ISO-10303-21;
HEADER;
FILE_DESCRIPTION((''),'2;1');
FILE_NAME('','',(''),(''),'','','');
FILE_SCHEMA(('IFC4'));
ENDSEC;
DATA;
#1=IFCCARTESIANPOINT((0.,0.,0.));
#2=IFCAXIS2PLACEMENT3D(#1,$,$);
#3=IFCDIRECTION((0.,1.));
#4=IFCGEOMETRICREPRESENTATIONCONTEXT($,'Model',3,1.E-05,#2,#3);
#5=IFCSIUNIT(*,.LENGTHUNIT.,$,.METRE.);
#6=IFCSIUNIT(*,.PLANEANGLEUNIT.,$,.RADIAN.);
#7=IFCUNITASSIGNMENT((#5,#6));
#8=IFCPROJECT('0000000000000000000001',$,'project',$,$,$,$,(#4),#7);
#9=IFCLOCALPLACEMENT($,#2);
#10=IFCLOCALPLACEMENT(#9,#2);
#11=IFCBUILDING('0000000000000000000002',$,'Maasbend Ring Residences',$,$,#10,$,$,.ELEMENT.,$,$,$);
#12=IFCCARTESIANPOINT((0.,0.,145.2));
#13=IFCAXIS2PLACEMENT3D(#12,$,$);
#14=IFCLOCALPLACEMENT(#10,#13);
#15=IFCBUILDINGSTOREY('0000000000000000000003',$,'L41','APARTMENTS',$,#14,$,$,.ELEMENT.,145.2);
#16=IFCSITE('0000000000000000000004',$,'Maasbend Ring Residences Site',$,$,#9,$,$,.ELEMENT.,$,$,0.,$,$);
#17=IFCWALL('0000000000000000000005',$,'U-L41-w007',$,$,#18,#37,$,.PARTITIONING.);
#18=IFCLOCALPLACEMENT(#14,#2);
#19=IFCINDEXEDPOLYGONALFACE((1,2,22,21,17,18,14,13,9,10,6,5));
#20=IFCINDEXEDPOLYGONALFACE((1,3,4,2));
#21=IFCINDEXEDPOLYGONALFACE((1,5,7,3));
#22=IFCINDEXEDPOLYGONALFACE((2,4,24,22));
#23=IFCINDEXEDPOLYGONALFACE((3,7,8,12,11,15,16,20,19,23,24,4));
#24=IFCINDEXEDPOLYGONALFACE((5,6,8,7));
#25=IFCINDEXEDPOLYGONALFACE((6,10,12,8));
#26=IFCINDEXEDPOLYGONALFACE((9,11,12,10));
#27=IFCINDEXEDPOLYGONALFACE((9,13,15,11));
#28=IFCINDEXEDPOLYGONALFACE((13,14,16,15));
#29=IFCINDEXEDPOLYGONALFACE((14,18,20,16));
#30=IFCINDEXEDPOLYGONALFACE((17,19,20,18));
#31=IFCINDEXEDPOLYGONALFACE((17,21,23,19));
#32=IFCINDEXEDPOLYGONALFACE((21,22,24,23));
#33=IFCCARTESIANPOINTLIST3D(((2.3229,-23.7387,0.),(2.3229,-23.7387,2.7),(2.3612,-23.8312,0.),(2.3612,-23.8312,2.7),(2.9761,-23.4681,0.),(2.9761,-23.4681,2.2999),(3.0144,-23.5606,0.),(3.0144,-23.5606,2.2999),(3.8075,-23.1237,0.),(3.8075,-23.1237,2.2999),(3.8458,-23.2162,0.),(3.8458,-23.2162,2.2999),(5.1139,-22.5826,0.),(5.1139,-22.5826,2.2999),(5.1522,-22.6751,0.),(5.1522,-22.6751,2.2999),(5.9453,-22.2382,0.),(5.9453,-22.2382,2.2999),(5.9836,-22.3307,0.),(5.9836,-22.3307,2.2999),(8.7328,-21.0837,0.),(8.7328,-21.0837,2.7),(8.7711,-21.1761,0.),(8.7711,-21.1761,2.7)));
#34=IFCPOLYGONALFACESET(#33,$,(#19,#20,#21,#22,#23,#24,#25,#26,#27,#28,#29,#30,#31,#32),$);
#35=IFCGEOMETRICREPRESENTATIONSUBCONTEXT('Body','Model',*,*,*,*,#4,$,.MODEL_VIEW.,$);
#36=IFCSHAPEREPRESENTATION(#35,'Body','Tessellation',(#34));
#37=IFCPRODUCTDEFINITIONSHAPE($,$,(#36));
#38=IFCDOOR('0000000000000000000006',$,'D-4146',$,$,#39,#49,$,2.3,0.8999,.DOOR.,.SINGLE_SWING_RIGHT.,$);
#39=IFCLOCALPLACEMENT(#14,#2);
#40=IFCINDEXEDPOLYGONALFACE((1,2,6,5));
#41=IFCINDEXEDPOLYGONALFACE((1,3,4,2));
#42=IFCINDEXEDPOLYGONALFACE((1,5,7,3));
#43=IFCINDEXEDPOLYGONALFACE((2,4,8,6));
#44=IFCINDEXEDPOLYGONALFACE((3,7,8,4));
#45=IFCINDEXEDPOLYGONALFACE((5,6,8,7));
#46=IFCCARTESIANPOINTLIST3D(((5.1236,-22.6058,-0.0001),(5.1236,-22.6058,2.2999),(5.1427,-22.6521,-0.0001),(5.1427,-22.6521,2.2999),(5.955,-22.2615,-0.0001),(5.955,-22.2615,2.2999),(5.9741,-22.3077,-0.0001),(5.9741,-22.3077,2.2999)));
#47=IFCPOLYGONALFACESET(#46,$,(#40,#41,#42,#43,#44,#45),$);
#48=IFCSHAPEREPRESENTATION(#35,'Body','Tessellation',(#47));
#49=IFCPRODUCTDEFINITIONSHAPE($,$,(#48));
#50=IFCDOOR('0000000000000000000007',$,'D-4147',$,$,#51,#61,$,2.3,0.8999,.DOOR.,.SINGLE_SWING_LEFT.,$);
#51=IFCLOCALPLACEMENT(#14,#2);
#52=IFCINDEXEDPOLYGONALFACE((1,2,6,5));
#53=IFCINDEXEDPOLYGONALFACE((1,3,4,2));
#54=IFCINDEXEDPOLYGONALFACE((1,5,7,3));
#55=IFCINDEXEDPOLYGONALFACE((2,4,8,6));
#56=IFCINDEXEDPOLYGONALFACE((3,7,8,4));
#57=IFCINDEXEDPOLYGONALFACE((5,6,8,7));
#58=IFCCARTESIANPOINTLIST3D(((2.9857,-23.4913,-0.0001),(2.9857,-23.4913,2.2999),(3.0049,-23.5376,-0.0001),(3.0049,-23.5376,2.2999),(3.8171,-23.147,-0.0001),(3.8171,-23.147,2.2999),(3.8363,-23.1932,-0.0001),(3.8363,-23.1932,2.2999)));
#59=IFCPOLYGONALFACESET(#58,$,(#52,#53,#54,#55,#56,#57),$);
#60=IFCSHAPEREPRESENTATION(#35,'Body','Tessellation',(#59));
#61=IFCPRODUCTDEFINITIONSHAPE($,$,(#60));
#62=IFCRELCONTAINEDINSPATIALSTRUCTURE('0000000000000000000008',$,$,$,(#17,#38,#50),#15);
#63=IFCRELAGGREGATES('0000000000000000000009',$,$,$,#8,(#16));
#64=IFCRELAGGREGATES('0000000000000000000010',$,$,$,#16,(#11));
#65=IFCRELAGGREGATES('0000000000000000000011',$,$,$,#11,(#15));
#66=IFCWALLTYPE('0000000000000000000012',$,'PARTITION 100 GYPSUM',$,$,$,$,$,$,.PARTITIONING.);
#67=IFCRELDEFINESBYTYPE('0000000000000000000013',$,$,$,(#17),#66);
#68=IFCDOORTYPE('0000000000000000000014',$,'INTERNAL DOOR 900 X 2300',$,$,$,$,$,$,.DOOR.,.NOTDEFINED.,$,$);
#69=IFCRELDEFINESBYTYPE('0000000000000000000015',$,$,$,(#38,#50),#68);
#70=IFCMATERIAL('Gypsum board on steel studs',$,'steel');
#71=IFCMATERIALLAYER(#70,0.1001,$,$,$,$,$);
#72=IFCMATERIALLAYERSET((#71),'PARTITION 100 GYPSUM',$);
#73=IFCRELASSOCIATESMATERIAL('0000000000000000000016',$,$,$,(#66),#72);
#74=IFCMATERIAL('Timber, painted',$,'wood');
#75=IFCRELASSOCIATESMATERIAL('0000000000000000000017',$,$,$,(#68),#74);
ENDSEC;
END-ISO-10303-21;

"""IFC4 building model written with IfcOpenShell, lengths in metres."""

from ifc_helpers import new_model, si_unit, direction, frame, frame_2d, origin, place, context, subcontext, project, spatial, rectangle, extrude, material, layer, layer_set, type_object, element, fill, save


model = new_model("IFC4")

# Units and contexts
model_context = context("Model", 3, precision=1e-05, world=origin(), true_north=direction((0.0, 1.0)))
body_context = subcontext(model_context, "Body", "Model", "MODEL_VIEW")
ifc_project = project(units=[si_unit("LENGTHUNIT", "METRE"), si_unit("PLANEANGLEUNIT", "RADIAN")], contexts=[model_context])

# Site, building, storey
site_placement = place(None, origin())
site = spatial("IfcSite", under=ifc_project, at=site_placement, Name="Maasbend Ring Residences Site", CompositionType="ELEMENT", RefElevation=0.0)
building_placement = place(site_placement, origin())
building = spatial("IfcBuilding", under=site, at=building_placement, Name="Maasbend Ring Residences", CompositionType="ELEMENT")
storey_placement = place(building_placement, frame((0.0, 0.0, 145.2)))
storey = spatial("IfcBuildingStorey", under=building, at=storey_placement, Name="L41", Description="APARTMENTS", CompositionType="ELEMENT", Elevation=145.2)

# Shared definitions
ifc_material_1 = material(Name="Gypsum board on steel studs", Category="steel")
ifc_layer_1 = layer(ifc_material_1, 0.1001)
ifc_layer_set_1 = layer_set([ifc_layer_1], Name="PARTITION 100 GYPSUM")
wall_type_1 = type_object("IfcWallType", Name="PARTITION 100 GYPSUM", PredefinedType="PARTITIONING", material=ifc_layer_set_1)
ifc_material_2 = material(Name="Timber, painted", Category="wood")
door_type_1 = type_object("IfcDoorType", Name="INTERNAL DOOR 900 X 2300", OperationType="NOTDEFINED", PredefinedType="DOOR", material=ifc_material_2)

# Wall, openings, doors
wall_1_placement = place(storey_placement, frame((2.342, -23.7849, 0.0), z_axis=(0.0, 0.0, 1.0), x_axis=(0.923882, 0.382678, 0.0)))
wall_1 = element("IfcWall", 1, at=wall_1_placement, inside=storey, type_object=wall_type_1, Name="U-L41-w007", PredefinedType="PARTITIONING", context=body_context, shape_type="SweptSolid", body=[
    extrude(rectangle(XDim=6.938, YDim=0.1001, at=frame_2d((3.469, 0.0))), origin(), (0.0, 0.0, 1.0), 2.7),
])
opening_1_placement = place(wall_1_placement, frame((3.021, 0.0, 0.0)))
opening_1 = element("IfcOpeningElement", 2, at=opening_1_placement, cuts=wall_1, PredefinedType="OPENING", context=body_context, shape_type="SweptSolid", body=[
    extrude(rectangle(XDim=0.8999, YDim=2.3, at=frame_2d((0.45, 1.1499))), frame((0.0, 0.0601, 0.0), z_axis=(0.0, -1.0, 0.0), x_axis=(1.0, 0.0, 0.0)), (0.0, 0.0, 1.0), 0.1201),
])
opening_2_placement = place(wall_1_placement, frame((0.707, 0.0, 0.0)))
opening_2 = element("IfcOpeningElement", 3, at=opening_2_placement, cuts=wall_1, PredefinedType="OPENING", context=body_context, shape_type="SweptSolid", body=[
    extrude(rectangle(XDim=0.8999, YDim=2.3, at=frame_2d((0.45, 1.1499))), frame((0.0, 0.0601, 0.0), z_axis=(0.0, -1.0, 0.0), x_axis=(1.0, 0.0, 0.0)), (0.0, 0.0, 1.0), 0.1201),
])
door_1_placement = place(opening_1_placement, origin())
door_1 = element("IfcDoor", 4, at=door_1_placement, inside=storey, type_object=door_type_1, Name="D-4146", OperationType="SINGLE_SWING_RIGHT", OverallHeight=2.3, OverallWidth=0.8999, PredefinedType="DOOR", context=body_context, shape_type="SweptSolid", body=[
    extrude(rectangle(XDim=0.8999, YDim=2.3, at=frame_2d((0.45, 1.1499))), frame((0.0, 0.0249, 0.0), z_axis=(0.0, -1.0, 0.0), x_axis=(1.0, 0.0, 0.0)), (0.0, 0.0, 1.0), 0.05),
])
fill(opening_1, door_1)
door_2_placement = place(opening_2_placement, origin())
door_2 = element("IfcDoor", 5, at=door_2_placement, inside=storey, type_object=door_type_1, Name="D-4147", OperationType="SINGLE_SWING_LEFT", OverallHeight=2.3, OverallWidth=0.8999, PredefinedType="DOOR", context=body_context, shape_type="SweptSolid", body=[
    extrude(rectangle(XDim=0.8999, YDim=2.3, at=frame_2d((0.45, 1.1499))), frame((0.0, 0.0249, 0.0), z_axis=(0.0, -1.0, 0.0), x_axis=(1.0, 0.0, 0.0)), (0.0, 0.0, 1.0), 0.05),
])
fill(opening_2, door_2)

save(model, "model.ifc")
